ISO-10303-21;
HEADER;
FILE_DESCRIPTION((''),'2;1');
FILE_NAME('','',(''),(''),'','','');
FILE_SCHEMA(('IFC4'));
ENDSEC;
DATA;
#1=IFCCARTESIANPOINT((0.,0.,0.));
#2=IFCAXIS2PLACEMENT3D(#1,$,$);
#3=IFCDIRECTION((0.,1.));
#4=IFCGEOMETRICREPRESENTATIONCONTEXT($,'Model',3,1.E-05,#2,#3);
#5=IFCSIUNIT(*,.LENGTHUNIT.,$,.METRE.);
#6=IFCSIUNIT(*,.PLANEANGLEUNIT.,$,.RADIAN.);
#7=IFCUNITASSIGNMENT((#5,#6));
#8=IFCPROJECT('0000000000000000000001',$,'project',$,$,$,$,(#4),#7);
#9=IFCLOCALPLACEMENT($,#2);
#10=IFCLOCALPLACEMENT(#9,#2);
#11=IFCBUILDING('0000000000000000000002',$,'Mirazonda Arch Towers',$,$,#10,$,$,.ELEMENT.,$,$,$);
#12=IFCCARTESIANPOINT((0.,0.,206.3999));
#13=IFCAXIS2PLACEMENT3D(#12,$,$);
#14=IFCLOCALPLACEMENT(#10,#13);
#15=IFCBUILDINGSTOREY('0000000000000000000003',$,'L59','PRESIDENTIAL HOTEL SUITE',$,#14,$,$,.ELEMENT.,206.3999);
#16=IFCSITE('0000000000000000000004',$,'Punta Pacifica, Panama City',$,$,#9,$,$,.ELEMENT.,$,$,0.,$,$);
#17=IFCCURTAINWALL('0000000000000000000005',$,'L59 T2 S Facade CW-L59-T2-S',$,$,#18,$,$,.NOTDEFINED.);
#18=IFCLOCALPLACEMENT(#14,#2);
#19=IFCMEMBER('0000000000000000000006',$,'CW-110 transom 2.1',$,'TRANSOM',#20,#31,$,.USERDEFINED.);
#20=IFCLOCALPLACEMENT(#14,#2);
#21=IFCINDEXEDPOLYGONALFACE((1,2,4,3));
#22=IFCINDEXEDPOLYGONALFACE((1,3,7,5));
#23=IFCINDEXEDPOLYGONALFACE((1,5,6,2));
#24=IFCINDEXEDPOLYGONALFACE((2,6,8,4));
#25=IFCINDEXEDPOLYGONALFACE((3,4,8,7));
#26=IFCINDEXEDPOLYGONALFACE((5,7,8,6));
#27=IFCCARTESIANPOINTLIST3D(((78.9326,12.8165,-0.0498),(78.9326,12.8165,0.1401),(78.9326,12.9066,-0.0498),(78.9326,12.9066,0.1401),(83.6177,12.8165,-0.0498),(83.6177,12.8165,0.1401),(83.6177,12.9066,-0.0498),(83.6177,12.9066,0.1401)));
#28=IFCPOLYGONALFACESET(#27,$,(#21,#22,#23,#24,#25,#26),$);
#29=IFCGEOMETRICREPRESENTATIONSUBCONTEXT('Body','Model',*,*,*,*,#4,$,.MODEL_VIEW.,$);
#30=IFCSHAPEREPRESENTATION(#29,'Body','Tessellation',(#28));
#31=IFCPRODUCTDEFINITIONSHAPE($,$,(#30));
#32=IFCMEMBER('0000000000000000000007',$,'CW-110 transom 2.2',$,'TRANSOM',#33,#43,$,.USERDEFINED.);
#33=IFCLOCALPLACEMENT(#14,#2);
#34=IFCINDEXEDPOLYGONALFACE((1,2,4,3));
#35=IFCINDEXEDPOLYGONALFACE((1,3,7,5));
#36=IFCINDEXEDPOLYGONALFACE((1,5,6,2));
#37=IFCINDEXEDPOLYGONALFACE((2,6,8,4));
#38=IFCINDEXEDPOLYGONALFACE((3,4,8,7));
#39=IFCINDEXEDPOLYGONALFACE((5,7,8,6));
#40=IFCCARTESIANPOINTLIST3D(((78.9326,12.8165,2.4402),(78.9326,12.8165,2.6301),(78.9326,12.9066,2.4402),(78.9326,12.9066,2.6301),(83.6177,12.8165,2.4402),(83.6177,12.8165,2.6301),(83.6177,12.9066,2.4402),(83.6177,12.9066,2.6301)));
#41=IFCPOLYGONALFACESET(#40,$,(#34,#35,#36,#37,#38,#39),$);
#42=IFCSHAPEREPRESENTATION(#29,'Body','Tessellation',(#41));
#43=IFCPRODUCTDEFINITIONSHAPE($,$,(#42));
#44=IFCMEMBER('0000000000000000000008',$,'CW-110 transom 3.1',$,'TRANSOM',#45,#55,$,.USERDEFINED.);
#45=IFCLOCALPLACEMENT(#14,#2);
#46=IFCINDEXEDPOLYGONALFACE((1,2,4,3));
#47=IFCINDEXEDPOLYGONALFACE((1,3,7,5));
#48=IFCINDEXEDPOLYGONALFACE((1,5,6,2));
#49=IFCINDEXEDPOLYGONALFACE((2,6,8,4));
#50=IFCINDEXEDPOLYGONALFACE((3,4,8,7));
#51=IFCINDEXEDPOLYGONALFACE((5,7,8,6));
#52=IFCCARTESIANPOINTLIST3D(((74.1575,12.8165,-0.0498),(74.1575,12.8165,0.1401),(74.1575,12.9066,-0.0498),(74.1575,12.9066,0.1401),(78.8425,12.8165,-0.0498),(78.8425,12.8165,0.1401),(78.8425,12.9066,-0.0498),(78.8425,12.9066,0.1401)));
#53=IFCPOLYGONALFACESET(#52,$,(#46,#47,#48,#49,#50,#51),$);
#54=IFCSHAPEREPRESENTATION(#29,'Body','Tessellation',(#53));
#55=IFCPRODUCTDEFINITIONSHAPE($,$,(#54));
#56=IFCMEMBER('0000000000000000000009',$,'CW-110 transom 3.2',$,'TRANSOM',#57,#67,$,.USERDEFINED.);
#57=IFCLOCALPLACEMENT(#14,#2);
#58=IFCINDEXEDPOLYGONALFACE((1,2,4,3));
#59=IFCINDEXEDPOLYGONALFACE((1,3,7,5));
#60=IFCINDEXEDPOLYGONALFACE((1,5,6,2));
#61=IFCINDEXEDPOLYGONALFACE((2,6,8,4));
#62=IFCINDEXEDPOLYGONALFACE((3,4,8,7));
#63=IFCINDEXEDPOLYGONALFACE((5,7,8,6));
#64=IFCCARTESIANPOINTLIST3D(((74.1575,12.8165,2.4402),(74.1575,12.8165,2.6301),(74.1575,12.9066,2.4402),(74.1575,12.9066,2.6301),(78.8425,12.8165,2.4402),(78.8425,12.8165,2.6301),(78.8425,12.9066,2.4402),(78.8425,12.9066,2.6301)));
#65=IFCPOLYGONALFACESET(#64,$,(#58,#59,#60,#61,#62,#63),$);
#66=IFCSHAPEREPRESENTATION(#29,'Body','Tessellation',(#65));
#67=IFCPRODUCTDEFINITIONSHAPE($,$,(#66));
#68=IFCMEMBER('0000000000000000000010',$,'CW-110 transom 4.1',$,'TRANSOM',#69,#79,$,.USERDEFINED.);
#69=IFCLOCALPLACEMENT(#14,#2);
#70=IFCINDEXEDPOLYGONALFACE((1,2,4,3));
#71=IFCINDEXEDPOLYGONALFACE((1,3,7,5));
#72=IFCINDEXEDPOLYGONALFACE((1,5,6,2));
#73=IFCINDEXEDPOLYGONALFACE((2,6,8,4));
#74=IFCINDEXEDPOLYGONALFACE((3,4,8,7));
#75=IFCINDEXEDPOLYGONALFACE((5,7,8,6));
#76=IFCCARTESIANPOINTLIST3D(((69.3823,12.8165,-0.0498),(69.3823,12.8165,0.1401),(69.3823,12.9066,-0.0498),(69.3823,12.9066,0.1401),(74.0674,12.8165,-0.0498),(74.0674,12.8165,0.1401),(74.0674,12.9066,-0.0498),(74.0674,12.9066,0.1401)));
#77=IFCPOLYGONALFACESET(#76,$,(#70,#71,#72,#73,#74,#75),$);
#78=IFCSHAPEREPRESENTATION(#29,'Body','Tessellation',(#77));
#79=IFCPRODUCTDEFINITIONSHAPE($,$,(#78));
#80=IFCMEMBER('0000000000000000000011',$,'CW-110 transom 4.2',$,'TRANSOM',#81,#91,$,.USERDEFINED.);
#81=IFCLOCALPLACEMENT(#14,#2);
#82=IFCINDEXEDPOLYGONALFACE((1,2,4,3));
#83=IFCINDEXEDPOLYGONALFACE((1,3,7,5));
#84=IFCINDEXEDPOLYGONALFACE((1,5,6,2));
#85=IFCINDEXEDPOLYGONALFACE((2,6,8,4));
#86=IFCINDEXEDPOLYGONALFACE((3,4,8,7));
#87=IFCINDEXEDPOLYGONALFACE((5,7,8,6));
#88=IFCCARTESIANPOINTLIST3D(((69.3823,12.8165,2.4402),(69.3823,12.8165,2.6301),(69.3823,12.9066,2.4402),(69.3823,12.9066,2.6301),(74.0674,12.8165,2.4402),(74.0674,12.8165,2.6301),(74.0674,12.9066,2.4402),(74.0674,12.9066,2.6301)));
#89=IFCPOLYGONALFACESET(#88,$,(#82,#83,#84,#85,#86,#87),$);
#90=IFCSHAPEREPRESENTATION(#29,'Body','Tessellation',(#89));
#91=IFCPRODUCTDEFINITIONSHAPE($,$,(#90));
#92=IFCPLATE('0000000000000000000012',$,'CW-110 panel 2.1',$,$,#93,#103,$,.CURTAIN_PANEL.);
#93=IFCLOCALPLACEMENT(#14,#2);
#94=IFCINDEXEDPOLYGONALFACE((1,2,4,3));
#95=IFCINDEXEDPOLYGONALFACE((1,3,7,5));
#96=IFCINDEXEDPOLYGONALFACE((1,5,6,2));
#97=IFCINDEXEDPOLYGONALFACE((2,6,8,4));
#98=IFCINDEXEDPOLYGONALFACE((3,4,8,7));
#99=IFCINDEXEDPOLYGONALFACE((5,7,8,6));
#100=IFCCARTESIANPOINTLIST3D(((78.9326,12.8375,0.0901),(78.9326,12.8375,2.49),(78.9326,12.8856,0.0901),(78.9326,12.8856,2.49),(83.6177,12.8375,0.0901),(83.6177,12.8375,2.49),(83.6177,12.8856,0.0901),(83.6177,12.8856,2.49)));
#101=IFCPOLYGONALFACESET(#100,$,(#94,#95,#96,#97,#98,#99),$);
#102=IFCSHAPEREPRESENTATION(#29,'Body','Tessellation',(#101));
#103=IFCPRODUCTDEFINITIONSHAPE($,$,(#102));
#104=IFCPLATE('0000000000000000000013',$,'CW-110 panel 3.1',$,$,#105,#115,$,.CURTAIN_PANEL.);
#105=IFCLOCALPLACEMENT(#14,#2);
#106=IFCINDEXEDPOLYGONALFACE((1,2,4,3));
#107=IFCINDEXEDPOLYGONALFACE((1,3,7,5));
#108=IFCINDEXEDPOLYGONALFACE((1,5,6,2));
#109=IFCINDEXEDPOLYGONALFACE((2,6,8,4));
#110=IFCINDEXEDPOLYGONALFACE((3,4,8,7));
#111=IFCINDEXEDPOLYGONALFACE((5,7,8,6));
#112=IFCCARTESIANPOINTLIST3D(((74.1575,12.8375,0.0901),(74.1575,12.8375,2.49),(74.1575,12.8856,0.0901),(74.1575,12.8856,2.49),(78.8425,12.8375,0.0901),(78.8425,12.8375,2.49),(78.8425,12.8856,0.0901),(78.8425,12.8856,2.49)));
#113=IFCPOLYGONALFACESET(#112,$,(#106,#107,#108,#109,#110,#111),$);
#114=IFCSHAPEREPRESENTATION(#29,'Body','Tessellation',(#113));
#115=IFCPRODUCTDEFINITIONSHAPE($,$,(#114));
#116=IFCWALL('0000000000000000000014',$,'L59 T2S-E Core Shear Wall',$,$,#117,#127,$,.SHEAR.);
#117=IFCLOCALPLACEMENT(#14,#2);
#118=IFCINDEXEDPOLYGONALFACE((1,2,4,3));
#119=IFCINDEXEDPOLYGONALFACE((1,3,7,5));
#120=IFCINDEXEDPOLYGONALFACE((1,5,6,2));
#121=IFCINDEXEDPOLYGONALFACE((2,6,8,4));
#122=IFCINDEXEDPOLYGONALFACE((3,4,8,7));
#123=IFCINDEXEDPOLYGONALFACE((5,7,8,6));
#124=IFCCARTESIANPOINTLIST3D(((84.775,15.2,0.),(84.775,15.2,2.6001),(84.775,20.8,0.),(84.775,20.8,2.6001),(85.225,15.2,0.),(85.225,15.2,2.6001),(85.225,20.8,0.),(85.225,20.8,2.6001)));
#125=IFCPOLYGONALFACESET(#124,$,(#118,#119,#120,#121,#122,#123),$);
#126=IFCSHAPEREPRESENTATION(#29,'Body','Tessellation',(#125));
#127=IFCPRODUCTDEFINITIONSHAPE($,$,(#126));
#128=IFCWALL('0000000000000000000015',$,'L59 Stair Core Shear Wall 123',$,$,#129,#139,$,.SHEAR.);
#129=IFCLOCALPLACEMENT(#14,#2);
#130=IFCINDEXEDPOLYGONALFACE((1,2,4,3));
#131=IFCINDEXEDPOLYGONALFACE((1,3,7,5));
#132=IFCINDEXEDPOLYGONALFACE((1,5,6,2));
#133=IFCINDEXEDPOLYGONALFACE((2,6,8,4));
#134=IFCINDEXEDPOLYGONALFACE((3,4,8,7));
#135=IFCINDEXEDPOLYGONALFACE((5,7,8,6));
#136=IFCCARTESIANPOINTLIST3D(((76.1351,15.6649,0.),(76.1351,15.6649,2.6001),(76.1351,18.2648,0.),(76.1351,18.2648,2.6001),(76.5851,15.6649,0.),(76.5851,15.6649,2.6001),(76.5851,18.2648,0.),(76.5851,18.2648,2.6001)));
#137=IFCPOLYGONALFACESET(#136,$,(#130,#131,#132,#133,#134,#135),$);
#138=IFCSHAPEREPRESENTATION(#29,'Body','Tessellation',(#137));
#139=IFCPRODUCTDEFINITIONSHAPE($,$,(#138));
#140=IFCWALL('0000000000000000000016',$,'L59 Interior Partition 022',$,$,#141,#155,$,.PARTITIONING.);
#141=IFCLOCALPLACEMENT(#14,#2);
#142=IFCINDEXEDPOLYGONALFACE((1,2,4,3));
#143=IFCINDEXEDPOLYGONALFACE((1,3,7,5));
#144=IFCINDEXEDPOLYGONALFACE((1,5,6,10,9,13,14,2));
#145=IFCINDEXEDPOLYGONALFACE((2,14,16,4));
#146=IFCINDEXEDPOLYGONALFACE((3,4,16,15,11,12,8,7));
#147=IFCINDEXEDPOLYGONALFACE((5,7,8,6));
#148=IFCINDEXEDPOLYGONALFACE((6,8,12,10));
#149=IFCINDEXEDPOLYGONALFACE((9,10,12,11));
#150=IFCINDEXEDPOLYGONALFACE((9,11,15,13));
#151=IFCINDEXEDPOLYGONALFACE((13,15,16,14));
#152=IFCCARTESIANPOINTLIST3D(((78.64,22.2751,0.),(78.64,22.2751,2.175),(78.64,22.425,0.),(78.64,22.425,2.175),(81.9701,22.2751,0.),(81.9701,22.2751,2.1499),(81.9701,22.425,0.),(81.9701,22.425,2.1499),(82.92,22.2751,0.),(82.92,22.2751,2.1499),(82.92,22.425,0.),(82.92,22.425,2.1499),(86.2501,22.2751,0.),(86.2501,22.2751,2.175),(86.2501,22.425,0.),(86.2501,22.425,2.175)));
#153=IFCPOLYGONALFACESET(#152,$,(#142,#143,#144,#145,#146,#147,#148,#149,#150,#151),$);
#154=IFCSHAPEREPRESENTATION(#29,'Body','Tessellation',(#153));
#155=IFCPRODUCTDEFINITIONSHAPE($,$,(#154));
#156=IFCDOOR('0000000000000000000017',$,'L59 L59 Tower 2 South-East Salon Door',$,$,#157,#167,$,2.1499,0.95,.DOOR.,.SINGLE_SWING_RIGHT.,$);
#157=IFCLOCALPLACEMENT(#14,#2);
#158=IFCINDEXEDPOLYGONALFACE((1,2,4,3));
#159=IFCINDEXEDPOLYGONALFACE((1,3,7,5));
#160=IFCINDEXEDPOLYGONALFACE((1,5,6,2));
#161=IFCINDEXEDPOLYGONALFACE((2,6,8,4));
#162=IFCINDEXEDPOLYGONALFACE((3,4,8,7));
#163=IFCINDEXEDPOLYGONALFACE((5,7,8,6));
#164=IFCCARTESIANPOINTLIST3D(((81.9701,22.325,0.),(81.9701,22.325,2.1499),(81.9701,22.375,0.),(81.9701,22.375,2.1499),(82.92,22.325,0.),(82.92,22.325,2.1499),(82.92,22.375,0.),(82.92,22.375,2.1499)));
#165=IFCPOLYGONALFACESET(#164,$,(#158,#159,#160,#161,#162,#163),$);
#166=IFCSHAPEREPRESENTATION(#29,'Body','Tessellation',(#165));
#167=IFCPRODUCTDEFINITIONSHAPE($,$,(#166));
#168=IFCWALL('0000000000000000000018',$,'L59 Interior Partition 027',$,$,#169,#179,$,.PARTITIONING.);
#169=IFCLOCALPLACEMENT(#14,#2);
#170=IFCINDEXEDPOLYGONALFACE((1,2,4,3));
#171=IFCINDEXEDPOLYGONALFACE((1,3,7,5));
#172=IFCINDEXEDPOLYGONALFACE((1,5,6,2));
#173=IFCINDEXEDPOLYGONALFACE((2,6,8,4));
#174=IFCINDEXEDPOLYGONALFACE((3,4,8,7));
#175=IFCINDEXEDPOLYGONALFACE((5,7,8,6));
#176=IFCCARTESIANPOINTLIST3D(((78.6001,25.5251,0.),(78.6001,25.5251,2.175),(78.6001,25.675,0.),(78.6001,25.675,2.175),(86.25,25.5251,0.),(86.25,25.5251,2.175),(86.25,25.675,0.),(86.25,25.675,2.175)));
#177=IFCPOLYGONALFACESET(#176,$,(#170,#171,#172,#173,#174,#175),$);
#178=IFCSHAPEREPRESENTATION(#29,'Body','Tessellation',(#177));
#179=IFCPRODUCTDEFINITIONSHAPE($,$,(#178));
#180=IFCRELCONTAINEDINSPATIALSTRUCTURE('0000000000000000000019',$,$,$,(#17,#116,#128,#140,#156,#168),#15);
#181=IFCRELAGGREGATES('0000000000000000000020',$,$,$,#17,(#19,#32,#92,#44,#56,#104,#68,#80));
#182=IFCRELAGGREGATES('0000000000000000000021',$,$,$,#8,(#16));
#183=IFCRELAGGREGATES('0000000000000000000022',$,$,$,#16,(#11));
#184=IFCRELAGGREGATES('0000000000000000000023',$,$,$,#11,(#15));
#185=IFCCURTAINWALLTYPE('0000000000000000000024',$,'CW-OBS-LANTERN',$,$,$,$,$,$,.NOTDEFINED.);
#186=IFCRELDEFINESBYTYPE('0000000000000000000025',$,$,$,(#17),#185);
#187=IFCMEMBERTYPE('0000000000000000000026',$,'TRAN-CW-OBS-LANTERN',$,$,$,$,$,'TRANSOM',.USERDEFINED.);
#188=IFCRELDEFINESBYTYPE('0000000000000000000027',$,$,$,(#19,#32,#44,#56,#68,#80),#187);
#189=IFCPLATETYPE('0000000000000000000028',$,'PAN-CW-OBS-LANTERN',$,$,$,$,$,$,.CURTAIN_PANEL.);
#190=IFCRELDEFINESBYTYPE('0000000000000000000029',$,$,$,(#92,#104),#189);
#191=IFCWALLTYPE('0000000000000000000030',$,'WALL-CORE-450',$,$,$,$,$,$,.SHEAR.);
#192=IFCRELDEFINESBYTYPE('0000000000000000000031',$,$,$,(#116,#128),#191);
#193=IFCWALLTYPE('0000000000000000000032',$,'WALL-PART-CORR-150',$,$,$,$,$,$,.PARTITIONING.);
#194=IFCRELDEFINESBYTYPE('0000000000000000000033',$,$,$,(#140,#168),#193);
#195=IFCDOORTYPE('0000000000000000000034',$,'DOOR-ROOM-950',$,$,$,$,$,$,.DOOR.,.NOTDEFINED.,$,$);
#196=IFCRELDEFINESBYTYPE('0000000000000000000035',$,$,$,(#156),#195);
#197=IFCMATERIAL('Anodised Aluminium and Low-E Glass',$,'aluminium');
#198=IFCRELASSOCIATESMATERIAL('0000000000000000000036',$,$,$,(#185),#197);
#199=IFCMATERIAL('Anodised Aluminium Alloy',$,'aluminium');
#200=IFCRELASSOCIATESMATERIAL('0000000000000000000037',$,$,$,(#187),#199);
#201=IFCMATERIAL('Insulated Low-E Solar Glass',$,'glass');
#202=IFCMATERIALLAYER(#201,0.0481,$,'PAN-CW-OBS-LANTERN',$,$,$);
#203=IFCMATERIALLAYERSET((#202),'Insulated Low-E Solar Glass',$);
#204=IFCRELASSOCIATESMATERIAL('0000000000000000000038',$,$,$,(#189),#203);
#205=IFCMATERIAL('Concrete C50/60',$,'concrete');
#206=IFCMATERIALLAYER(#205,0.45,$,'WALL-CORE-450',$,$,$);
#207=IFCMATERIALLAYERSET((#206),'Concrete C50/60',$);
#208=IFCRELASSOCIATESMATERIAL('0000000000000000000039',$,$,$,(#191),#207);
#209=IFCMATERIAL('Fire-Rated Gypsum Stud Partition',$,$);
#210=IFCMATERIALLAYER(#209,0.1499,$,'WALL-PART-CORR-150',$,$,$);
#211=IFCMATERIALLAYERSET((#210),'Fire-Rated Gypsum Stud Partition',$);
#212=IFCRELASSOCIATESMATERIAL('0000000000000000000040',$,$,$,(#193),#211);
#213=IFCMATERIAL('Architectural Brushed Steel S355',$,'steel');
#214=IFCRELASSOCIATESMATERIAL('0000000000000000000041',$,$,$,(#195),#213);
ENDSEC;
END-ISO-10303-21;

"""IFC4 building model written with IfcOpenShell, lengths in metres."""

from ifc_helpers import new_model, si_unit, direction, frame, frame_2d, origin, origin_2d, place, context, subcontext, project, spatial, rectangle, extrude, material, layer, layer_set, material_profile, profile_set, type_object, element, fill, aggregate, save


model = new_model("IFC4")

# Units and contexts
model_context = context("Model", 3, precision=1e-05, world=origin(), true_north=direction((0.0, 1.0)))
body_context = subcontext(model_context, "Body", "Model", "MODEL_VIEW")
ifc_project = project(units=[si_unit("LENGTHUNIT", "METRE"), si_unit("PLANEANGLEUNIT", "RADIAN")], contexts=[model_context])

# Site, building, storey
site_placement = place(None, origin())
site = spatial("IfcSite", under=ifc_project, at=site_placement, Name="Punta Pacifica, Panama City", CompositionType="ELEMENT", RefElevation=0.0)
building_placement = place(site_placement, origin())
building = spatial("IfcBuilding", under=site, at=building_placement, Name="Mirazonda Arch Towers", CompositionType="ELEMENT")
storey_placement = place(building_placement, frame((0.0, 0.0, 206.3999)))
storey = spatial("IfcBuildingStorey", under=building, at=storey_placement, Name="L59", Description="PRESIDENTIAL HOTEL SUITE", CompositionType="ELEMENT", Elevation=206.3999)

# Shared definitions
ifc_material_1 = material(Name="Concrete C50/60", Category="concrete")

# Curtain wall, members, plates
ifc_material_2 = material(Name="Anodised Aluminium and Low-E Glass", Category="aluminium")
curtain_wall_type = type_object("IfcCurtainWallType", Name="CW-OBS-LANTERN", PredefinedType="NOTDEFINED", material=ifc_material_2)
curtain_wall_placement = place(storey_placement, origin())
curtain_wall = element("IfcCurtainWall", 1, at=curtain_wall_placement, inside=storey, type_object=curtain_wall_type, Name="L59 T2 S Facade CW-L59-T2-S", PredefinedType="NOTDEFINED")
ifc_material_3 = material(Name="Anodised Aluminium Alloy", Category="aluminium")
ifc_material_profile_1 = material_profile(ifc_material_3, rectangle(XDim=0.0901, YDim=0.1899, at=origin_2d()), Name="ALU-TRAN-90x190")
ifc_profile_set_1 = profile_set([ifc_material_profile_1], Name="Anodised Aluminium Alloy")
member_type_1 = type_object("IfcMemberType", Name="TRAN-CW-OBS-LANTERN", ElementType="TRANSOM", PredefinedType="USERDEFINED", material=ifc_profile_set_1)
member_1_placement = place(storey_placement, frame((83.6177, 12.8616, 0.0452), z_axis=(-1.0, 0.0, 0.0), x_axis=(0.0, -1.0, 0.0)))
member_1 = element("IfcMember", 2, at=member_1_placement, type_object=member_type_1, Name="CW-110 transom 2.1", ObjectType="TRANSOM", PredefinedType="USERDEFINED", context=body_context, shape_type="SweptSolid", body=[
    extrude(rectangle(XDim=0.0901, YDim=0.1899, at=origin_2d()), origin(), (0.0, 0.0, 1.0), 4.6851),
])
member_2_placement = place(storey_placement, frame((83.6177, 12.8616, 2.5352), z_axis=(-1.0, 0.0, 0.0), x_axis=(0.0, -1.0, 0.0)))
member_2 = element("IfcMember", 3, at=member_2_placement, type_object=member_type_1, Name="CW-110 transom 2.2", ObjectType="TRANSOM", PredefinedType="USERDEFINED", context=body_context, shape_type="SweptSolid", body=[
    extrude(rectangle(XDim=0.0901, YDim=0.1899, at=origin_2d()), origin(), (0.0, 0.0, 1.0), 4.6851),
])
member_3_placement = place(storey_placement, frame((78.8425, 12.8616, 0.0452), z_axis=(-1.0, 0.0, 0.0), x_axis=(0.0, -1.0, 0.0)))
member_3 = element("IfcMember", 4, at=member_3_placement, type_object=member_type_1, Name="CW-110 transom 3.1", ObjectType="TRANSOM", PredefinedType="USERDEFINED", context=body_context, shape_type="SweptSolid", body=[
    extrude(rectangle(XDim=0.0901, YDim=0.1899, at=origin_2d()), origin(), (0.0, 0.0, 1.0), 4.6851),
])
member_4_placement = place(storey_placement, frame((78.8425, 12.8616, 2.5352), z_axis=(-1.0, 0.0, 0.0), x_axis=(0.0, -1.0, 0.0)))
member_4 = element("IfcMember", 5, at=member_4_placement, type_object=member_type_1, Name="CW-110 transom 3.2", ObjectType="TRANSOM", PredefinedType="USERDEFINED", context=body_context, shape_type="SweptSolid", body=[
    extrude(rectangle(XDim=0.0901, YDim=0.1899, at=origin_2d()), origin(), (0.0, 0.0, 1.0), 4.6851),
])
member_5_placement = place(storey_placement, frame((74.0674, 12.8616, 0.0452), z_axis=(-1.0, 0.0, 0.0), x_axis=(0.0, -1.0, 0.0)))
member_5 = element("IfcMember", 6, at=member_5_placement, type_object=member_type_1, Name="CW-110 transom 4.1", ObjectType="TRANSOM", PredefinedType="USERDEFINED", context=body_context, shape_type="SweptSolid", body=[
    extrude(rectangle(XDim=0.0901, YDim=0.1899, at=origin_2d()), origin(), (0.0, 0.0, 1.0), 4.6851),
])
member_6_placement = place(storey_placement, frame((74.0674, 12.8616, 2.5352), z_axis=(-1.0, 0.0, 0.0), x_axis=(0.0, -1.0, 0.0)))
member_6 = element("IfcMember", 7, at=member_6_placement, type_object=member_type_1, Name="CW-110 transom 4.2", ObjectType="TRANSOM", PredefinedType="USERDEFINED", context=body_context, shape_type="SweptSolid", body=[
    extrude(rectangle(XDim=0.0901, YDim=0.1899, at=origin_2d()), origin(), (0.0, 0.0, 1.0), 4.6851),
])
ifc_material_4 = material(Name="Insulated Low-E Solar Glass", Category="glass")
ifc_layer_1 = layer(ifc_material_4, 0.0481, Name="PAN-CW-OBS-LANTERN")
ifc_layer_set_1 = layer_set([ifc_layer_1], Name="Insulated Low-E Solar Glass")
plate_type = type_object("IfcPlateType", Name="PAN-CW-OBS-LANTERN", PredefinedType="CURTAIN_PANEL", material=ifc_layer_set_1)
plate_1_placement = place(storey_placement, frame((81.2751, 12.8616, 0.0901), z_axis=(0.0, 0.0, 1.0), x_axis=(-1.0, 0.0, 0.0)))
plate_1 = element("IfcPlate", 8, at=plate_1_placement, type_object=plate_type, Name="CW-110 panel 2.1", PredefinedType="CURTAIN_PANEL", context=body_context, shape_type="SweptSolid", body=[
    extrude(rectangle(XDim=4.6851, YDim=0.0481, at=origin_2d()), origin(), (0.0, 0.0, 1.0), 2.3999),
])
plate_2_placement = place(storey_placement, frame((76.5, 12.8616, 0.0901), z_axis=(0.0, 0.0, 1.0), x_axis=(-1.0, 0.0, 0.0)))
plate_2 = element("IfcPlate", 9, at=plate_2_placement, type_object=plate_type, Name="CW-110 panel 3.1", PredefinedType="CURTAIN_PANEL", context=body_context, shape_type="SweptSolid", body=[
    extrude(rectangle(XDim=4.6851, YDim=0.0481, at=origin_2d()), origin(), (0.0, 0.0, 1.0), 2.3999),
])
aggregate(curtain_wall, [member_1, member_2, plate_1, member_3, member_4, plate_2, member_5, member_6])

# Walls
ifc_layer_2 = layer(ifc_material_1, 0.45, Name="WALL-CORE-450")
ifc_layer_set_2 = layer_set([ifc_layer_2], Name="Concrete C50/60")
wall_type_1 = type_object("IfcWallType", Name="WALL-CORE-450", PredefinedType="SHEAR", material=ifc_layer_set_2)
wall_1_placement = place(storey_placement, frame((85.0, 15.2, 0.0), z_axis=(0.0, 0.0, 1.0), x_axis=(0.0, 1.0, 0.0)))
element("IfcWall", 10, at=wall_1_placement, inside=storey, type_object=wall_type_1, Name="L59 T2S-E Core Shear Wall", PredefinedType="SHEAR", context=body_context, shape_type="SweptSolid", body=[
    extrude(rectangle(XDim=5.6001, YDim=0.45, at=frame_2d((2.8, 0.0))), origin(), (0.0, 0.0, 1.0), 2.6001),
])
wall_2_placement = place(storey_placement, frame((76.3601, 15.665, 0.0), z_axis=(0.0, 0.0, 1.0), x_axis=(0.0, 1.0, 0.0)))
element("IfcWall", 11, at=wall_2_placement, inside=storey, type_object=wall_type_1, Name="L59 Stair Core Shear Wall 123", PredefinedType="SHEAR", context=body_context, shape_type="SweptSolid", body=[
    extrude(rectangle(XDim=2.5999, YDim=0.45, at=frame_2d((1.2998, 0.0))), origin(), (0.0, 0.0, 1.0), 2.6001),
])

# Wall, opening, door
ifc_material_5 = material(Name="Fire-Rated Gypsum Stud Partition")
ifc_layer_3 = layer(ifc_material_5, 0.1499, Name="WALL-PART-CORR-150")
ifc_layer_set_3 = layer_set([ifc_layer_3], Name="Fire-Rated Gypsum Stud Partition")
wall_type_2 = type_object("IfcWallType", Name="WALL-PART-CORR-150", PredefinedType="PARTITIONING", material=ifc_layer_set_3)
wall_3_placement = place(storey_placement, frame((78.6399, 22.3501, 0.0), z_axis=(0.0, 0.0, 1.0), x_axis=(1.0, 0.0, 0.0)))
wall_3 = element("IfcWall", 12, at=wall_3_placement, inside=storey, type_object=wall_type_2, Name="L59 Interior Partition 022", PredefinedType="PARTITIONING", context=body_context, shape_type="SweptSolid", body=[
    extrude(rectangle(XDim=7.6101, YDim=0.1499, at=frame_2d((3.8052, 0.0))), origin(), (0.0, 0.0, 1.0), 2.175),
])
opening_placement = place(wall_3_placement, frame((3.3301, 0.0, 0.0)))
opening = element("IfcOpeningElement", 13, at=opening_placement, cuts=wall_3, PredefinedType="OPENING", context=body_context, shape_type="SweptSolid", body=[
    extrude(rectangle(XDim=0.95, YDim=2.1499, at=frame_2d((0.4751, 1.075))), frame((0.0, 0.085, 0.0), z_axis=(0.0, -1.0, 0.0), x_axis=(1.0, 0.0, 0.0)), (0.0, 0.0, 1.0), 0.1699),
])
ifc_material_6 = material(Name="Architectural Brushed Steel S355", Category="steel")
door_type = type_object("IfcDoorType", Name="DOOR-ROOM-950", OperationType="NOTDEFINED", PredefinedType="DOOR", material=ifc_material_6)
door_placement = place(opening_placement, origin())
door = element("IfcDoor", 14, at=door_placement, inside=storey, type_object=door_type, Name="L59 L59 Tower 2 South-East Salon Door", OperationType="SINGLE_SWING_RIGHT", OverallHeight=2.1499, OverallWidth=0.95, PredefinedType="DOOR", context=body_context, shape_type="SweptSolid", body=[
    extrude(rectangle(XDim=0.95, YDim=2.1499, at=frame_2d((0.4751, 1.075))), frame((0.0, 0.0249, 0.0), z_axis=(0.0, -1.0, 0.0), x_axis=(1.0, 0.0, 0.0)), (0.0, 0.0, 1.0), 0.05),
])
fill(opening, door)

# Wall
wall_4_placement = place(storey_placement, frame((78.6001, 25.6001, 0.0), z_axis=(0.0, 0.0, 1.0), x_axis=(1.0, 0.0, 0.0)))
element("IfcWall", 15, at=wall_4_placement, inside=storey, type_object=wall_type_2, Name="L59 Interior Partition 027", PredefinedType="PARTITIONING", context=body_context, shape_type="SweptSolid", body=[
    extrude(rectangle(XDim=7.6499, YDim=0.1499, at=frame_2d((3.825, 0.0))), origin(), (0.0, 0.0, 1.0), 2.175),
])

save(model, "model.ifc")
